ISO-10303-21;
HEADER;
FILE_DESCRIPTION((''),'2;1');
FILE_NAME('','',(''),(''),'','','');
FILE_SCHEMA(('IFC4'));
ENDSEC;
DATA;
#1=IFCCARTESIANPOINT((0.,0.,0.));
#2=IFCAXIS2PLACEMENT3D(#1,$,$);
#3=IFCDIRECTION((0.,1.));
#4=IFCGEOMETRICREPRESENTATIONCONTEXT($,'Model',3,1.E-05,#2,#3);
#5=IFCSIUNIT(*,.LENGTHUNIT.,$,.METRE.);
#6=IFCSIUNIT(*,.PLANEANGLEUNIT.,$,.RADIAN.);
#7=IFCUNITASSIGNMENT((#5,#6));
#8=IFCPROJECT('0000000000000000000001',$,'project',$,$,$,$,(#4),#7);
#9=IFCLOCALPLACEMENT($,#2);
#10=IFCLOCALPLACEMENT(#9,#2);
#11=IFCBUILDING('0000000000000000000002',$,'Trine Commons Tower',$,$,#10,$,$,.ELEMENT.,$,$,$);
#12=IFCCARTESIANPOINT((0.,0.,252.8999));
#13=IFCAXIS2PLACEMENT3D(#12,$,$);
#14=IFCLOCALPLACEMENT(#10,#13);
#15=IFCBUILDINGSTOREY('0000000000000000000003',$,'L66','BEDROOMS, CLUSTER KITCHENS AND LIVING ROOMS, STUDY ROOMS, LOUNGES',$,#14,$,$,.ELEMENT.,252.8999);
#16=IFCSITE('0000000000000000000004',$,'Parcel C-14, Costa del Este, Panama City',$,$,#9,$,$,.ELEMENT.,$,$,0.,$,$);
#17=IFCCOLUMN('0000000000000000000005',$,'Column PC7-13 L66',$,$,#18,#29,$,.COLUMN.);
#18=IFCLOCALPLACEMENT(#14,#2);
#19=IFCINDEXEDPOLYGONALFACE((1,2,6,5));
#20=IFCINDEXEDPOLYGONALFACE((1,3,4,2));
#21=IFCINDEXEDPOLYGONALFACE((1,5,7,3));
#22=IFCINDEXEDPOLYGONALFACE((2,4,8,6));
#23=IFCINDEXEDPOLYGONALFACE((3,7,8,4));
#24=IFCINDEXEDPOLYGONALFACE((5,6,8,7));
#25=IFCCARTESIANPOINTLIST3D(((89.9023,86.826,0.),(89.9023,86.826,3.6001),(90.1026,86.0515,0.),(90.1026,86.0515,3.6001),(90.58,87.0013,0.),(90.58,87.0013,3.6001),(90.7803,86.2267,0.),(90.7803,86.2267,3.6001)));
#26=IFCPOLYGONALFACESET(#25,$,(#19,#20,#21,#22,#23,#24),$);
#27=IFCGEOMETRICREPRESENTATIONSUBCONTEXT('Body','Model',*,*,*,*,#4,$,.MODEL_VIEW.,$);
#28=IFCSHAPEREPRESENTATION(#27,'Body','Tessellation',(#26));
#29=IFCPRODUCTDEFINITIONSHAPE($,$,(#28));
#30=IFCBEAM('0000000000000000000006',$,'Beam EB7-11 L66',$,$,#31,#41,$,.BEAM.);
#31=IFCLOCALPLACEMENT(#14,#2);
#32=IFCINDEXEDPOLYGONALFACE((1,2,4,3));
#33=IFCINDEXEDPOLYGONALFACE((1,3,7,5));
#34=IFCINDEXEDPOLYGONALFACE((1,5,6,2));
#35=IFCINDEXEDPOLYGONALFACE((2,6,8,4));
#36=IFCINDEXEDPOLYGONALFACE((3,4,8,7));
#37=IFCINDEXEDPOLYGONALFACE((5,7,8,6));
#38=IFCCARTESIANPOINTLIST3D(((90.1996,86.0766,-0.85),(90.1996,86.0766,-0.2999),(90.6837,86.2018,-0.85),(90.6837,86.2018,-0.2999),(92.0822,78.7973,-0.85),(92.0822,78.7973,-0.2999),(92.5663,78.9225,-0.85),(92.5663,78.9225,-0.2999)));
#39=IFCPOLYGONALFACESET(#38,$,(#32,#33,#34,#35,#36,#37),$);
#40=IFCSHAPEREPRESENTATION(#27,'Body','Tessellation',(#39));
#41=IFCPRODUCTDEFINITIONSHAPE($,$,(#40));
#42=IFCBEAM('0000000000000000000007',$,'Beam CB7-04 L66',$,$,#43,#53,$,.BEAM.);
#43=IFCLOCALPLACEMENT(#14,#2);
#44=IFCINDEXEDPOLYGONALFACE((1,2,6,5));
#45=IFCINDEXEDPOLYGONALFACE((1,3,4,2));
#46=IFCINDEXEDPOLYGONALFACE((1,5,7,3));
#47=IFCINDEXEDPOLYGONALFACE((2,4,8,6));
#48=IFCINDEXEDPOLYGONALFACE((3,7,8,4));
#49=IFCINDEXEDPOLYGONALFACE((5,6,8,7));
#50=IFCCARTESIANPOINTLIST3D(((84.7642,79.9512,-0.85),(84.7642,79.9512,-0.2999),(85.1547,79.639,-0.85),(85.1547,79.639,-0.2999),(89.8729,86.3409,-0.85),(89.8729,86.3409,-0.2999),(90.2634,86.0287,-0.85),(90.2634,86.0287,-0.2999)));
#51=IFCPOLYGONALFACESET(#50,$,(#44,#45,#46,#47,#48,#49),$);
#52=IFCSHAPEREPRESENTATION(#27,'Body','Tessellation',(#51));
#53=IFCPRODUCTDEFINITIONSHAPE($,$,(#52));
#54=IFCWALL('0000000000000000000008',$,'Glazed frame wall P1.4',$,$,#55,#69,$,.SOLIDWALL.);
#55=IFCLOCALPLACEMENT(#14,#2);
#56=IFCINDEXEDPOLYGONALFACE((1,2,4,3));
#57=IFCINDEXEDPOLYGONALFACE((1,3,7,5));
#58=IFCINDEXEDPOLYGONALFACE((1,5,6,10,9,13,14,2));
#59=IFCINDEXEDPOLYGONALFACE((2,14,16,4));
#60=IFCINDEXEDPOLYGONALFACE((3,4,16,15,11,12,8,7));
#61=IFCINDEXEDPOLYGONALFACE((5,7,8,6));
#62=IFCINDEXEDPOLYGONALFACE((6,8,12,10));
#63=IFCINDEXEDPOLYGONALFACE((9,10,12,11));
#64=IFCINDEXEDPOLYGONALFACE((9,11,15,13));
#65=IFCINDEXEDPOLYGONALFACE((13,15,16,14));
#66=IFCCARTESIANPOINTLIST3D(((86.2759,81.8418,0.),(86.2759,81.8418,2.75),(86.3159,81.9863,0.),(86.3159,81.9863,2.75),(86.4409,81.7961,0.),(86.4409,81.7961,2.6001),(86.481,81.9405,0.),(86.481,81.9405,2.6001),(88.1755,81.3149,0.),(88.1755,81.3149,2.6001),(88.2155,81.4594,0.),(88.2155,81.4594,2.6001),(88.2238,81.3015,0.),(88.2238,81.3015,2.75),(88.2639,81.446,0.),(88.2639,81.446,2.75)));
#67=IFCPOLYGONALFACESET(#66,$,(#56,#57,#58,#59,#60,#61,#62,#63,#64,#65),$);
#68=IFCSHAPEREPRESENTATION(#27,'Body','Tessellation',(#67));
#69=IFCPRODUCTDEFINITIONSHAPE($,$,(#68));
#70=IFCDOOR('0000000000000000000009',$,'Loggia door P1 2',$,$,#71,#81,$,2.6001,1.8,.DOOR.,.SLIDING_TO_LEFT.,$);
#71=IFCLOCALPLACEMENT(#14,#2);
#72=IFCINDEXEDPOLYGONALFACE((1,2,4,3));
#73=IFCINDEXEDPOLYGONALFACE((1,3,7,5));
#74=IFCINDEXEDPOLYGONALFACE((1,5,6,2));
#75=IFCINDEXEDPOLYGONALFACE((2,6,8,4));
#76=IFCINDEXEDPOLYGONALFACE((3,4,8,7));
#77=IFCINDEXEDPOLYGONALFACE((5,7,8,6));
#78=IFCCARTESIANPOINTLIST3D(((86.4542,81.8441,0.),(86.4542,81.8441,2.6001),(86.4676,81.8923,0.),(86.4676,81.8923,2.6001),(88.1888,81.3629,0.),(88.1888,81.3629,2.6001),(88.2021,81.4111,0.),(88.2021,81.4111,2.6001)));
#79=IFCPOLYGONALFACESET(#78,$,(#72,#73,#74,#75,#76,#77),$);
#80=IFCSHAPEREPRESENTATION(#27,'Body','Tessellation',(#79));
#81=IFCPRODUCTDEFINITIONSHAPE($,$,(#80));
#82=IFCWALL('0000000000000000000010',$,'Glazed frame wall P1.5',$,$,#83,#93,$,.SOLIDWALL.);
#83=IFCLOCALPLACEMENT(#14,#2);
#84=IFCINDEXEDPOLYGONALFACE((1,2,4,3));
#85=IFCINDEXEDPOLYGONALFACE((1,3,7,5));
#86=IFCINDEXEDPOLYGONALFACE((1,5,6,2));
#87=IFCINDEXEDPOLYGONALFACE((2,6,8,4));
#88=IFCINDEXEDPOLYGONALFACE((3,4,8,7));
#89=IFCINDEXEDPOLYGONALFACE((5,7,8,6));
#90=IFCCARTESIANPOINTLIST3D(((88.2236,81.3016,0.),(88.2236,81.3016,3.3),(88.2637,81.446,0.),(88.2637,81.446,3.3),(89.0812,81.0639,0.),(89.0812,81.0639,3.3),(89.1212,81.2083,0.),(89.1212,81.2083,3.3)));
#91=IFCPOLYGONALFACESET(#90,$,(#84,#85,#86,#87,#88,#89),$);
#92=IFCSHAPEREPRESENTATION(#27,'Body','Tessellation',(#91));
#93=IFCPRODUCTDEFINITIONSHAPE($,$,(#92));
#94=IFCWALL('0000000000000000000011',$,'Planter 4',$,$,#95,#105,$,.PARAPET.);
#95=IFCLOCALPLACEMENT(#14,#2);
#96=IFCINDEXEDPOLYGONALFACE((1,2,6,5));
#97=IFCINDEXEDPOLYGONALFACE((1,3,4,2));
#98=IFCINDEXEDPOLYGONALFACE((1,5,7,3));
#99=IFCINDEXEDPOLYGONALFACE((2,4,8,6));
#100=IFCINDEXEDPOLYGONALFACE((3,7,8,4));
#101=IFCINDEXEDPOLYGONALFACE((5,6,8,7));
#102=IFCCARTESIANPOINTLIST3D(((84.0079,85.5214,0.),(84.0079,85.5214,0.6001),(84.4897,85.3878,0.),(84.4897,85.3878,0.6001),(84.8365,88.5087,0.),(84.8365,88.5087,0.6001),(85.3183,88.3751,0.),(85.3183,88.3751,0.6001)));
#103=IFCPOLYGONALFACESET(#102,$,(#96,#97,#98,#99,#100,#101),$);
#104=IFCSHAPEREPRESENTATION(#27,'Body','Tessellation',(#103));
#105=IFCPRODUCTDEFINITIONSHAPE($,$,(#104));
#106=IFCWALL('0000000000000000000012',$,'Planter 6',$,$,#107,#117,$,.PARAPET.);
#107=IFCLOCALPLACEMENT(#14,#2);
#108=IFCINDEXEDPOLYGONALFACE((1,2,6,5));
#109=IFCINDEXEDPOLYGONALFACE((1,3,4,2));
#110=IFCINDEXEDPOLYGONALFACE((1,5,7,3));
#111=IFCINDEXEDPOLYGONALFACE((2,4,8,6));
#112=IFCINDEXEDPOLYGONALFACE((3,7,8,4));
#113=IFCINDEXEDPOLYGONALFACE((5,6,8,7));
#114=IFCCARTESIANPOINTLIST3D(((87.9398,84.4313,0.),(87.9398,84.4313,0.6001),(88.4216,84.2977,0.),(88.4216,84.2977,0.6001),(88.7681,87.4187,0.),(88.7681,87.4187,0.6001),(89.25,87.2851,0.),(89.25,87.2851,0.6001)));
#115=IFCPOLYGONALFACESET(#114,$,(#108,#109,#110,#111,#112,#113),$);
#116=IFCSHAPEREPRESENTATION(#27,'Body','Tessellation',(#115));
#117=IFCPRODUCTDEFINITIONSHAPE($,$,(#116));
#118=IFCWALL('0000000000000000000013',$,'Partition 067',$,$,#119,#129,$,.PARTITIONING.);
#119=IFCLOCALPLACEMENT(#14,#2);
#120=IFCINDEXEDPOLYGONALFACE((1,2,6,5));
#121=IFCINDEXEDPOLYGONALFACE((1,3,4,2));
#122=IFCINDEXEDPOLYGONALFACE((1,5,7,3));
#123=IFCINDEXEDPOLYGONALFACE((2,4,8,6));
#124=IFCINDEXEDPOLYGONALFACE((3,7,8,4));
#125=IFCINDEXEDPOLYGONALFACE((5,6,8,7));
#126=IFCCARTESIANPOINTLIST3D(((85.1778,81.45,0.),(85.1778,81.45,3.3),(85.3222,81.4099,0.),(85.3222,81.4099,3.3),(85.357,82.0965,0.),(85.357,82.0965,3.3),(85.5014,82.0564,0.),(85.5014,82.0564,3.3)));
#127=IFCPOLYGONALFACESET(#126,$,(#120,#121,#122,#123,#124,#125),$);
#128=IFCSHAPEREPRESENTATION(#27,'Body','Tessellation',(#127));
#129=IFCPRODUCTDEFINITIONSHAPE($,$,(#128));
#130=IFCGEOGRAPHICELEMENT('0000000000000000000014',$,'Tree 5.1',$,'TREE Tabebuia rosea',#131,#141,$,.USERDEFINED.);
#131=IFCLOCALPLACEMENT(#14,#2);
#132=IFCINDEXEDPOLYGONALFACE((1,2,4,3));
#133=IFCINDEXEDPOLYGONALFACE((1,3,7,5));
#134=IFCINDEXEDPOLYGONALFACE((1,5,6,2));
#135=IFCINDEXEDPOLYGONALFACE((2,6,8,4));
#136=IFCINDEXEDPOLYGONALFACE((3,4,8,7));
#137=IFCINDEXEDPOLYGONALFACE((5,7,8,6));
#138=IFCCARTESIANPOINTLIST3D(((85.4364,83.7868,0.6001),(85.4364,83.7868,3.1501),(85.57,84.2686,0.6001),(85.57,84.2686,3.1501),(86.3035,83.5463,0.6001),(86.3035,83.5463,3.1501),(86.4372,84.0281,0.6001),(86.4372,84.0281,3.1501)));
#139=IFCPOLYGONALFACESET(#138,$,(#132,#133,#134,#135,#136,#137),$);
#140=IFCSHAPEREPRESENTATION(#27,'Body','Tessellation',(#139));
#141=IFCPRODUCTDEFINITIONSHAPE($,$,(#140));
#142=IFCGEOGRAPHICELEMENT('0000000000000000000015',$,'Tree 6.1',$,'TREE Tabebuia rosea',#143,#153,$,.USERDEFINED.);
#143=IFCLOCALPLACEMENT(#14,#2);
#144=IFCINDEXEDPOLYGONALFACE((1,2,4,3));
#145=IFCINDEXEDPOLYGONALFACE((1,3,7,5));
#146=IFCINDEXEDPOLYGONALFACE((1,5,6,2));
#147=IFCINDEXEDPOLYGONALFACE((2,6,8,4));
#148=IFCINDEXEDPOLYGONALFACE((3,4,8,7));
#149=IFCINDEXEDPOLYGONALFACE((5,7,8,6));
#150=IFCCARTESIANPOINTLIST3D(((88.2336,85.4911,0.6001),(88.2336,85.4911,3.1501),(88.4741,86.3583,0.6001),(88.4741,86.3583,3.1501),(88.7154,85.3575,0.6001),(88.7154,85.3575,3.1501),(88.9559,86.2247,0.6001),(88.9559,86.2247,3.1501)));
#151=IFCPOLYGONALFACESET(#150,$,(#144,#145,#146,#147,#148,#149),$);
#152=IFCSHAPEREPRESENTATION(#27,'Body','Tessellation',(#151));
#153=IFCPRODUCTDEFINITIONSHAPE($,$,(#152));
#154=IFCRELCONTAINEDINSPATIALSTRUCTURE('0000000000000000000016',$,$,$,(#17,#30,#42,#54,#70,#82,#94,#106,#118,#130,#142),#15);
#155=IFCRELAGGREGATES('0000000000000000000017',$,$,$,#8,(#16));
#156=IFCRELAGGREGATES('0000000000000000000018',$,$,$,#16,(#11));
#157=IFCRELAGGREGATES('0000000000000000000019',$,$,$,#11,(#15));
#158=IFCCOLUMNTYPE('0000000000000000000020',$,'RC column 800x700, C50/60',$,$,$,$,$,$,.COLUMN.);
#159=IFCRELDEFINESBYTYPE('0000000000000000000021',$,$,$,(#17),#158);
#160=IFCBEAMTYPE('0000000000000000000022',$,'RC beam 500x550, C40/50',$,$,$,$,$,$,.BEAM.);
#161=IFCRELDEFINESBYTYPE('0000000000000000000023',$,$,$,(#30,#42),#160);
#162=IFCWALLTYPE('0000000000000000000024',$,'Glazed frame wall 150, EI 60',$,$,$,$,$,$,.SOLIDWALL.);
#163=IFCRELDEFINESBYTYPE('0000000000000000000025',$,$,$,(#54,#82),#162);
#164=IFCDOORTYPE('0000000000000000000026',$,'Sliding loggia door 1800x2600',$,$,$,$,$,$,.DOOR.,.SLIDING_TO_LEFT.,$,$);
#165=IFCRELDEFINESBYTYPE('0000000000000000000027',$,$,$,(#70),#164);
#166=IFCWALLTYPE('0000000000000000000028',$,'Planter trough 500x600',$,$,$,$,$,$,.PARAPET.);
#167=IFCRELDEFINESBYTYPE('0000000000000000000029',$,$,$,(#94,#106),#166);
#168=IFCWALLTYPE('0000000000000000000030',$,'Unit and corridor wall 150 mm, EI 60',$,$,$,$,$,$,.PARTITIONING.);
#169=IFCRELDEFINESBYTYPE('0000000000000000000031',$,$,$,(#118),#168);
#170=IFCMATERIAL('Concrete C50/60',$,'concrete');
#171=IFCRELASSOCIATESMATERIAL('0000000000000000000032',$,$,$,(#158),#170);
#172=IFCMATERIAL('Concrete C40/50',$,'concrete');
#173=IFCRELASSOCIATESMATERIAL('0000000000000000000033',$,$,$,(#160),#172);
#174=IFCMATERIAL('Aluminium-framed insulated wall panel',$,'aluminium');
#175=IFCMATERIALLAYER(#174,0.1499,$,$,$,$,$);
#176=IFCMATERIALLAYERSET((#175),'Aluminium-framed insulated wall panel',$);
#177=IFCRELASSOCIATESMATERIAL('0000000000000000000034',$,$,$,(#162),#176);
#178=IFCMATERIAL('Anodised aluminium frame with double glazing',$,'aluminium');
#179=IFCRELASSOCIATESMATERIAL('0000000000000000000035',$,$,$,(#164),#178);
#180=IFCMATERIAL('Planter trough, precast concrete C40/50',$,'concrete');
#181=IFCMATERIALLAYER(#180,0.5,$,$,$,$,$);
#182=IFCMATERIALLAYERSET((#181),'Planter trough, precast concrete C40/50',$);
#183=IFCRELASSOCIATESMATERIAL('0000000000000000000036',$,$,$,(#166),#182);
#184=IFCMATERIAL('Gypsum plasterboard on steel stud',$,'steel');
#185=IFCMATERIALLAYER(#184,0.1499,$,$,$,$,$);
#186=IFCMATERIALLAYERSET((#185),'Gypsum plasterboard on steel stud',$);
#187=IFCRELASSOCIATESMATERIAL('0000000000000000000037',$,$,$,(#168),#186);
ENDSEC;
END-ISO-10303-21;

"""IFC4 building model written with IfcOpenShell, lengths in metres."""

from ifc_helpers import new_model, si_unit, direction, frame, frame_2d, origin, origin_2d, place, context, subcontext, project, spatial, polyline, rectangle, outline, extrude, material, layer, layer_set, material_profile, profile_set, type_object, element, fill, save


model = new_model("IFC4")

# Units and contexts
model_context = context("Model", 3, precision=1e-05, world=origin(), true_north=direction((0.0, 1.0)))
body_context = subcontext(model_context, "Body", "Model", "MODEL_VIEW")
ifc_project = project(units=[si_unit("LENGTHUNIT", "METRE"), si_unit("PLANEANGLEUNIT", "RADIAN")], contexts=[model_context])

# Site, building, storey
site_placement = place(None, origin())
site = spatial("IfcSite", under=ifc_project, at=site_placement, Name="Parcel C-14, Costa del Este, Panama City", CompositionType="ELEMENT", RefElevation=0.0)
building_placement = place(site_placement, origin())
building = spatial("IfcBuilding", under=site, at=building_placement, Name="Trine Commons Tower", CompositionType="ELEMENT")
storey_placement = place(building_placement, frame((0.0, 0.0, 252.8999)))
storey = spatial("IfcBuildingStorey", under=building, at=storey_placement, Name="L66", Description="BEDROOMS, CLUSTER KITCHENS AND LIVING ROOMS, STUDY ROOMS, LOUNGES", CompositionType="ELEMENT", Elevation=252.8999)

# Column
ifc_material_1 = material(Name="Concrete C50/60", Category="concrete")
ifc_material_profile_1 = material_profile(ifc_material_1, rectangle(XDim=0.8, YDim=0.7, at=origin_2d()), Name="RC 800x700")
ifc_profile_set_1 = profile_set([ifc_material_profile_1], Name="Concrete C50/60")
column_type = type_object("IfcColumnType", Name="RC column 800x700, C50/60", PredefinedType="COLUMN", material=ifc_profile_set_1)
column_placement = place(storey_placement, frame((90.3413, 86.5264, 0.0), z_axis=(0.0, 0.0, 1.0), x_axis=(-0.25038, 0.968148, 0.0)))
element("IfcColumn", 1, at=column_placement, inside=storey, type_object=column_type, Name="Column PC7-13 L66", PredefinedType="COLUMN", context=body_context, shape_type="SweptSolid", body=[
    extrude(rectangle(XDim=0.8, YDim=0.7, at=origin_2d()), origin(), (0.0, 0.0, 1.0), 3.6001),
])

# Beams
ifc_material_2 = material(Name="Concrete C40/50", Category="concrete")
ifc_material_profile_2 = material_profile(ifc_material_2, rectangle(XDim=0.5, YDim=0.55, at=origin_2d()), Name="RC 500x550")
ifc_profile_set_2 = profile_set([ifc_material_profile_2], Name="Concrete C40/50")
beam_type = type_object("IfcBeamType", Name="RC beam 500x550, C40/50", PredefinedType="BEAM", material=ifc_profile_set_2)
beam_1_placement = place(storey_placement, frame((90.4417, 86.1392, -0.575), z_axis=(0.250382, -0.968147, 0.0), x_axis=(0.968147, 0.250382, 0.0)))
element("IfcBeam", 2, at=beam_1_placement, inside=storey, type_object=beam_type, Name="Beam EB7-11 L66", PredefinedType="BEAM", context=body_context, shape_type="SweptSolid", body=[
    extrude(rectangle(XDim=0.5, YDim=0.55, at=origin_2d()), origin(), (0.0, 0.0, 1.0), 7.5188),
])
beam_2_placement = place(storey_placement, frame((90.0681, 86.1848, -0.575), z_axis=(-0.624466, -0.781052, 0.0), x_axis=(0.781052, -0.624466, 0.0)))
element("IfcBeam", 3, at=beam_2_placement, inside=storey, type_object=beam_type, Name="Beam CB7-04 L66", PredefinedType="BEAM", context=body_context, shape_type="SweptSolid", body=[
    extrude(rectangle(XDim=0.5, YDim=0.55, at=origin_2d()), origin(), (0.0, 0.0, 1.0), 8.1809),
])

# Wall, opening, door
ifc_material_3 = material(Name="Aluminium-framed insulated wall panel", Category="aluminium")
ifc_layer_1 = layer(ifc_material_3, 0.1499)
ifc_layer_set_1 = layer_set([ifc_layer_1], Name="Aluminium-framed insulated wall panel")
wall_type_1 = type_object("IfcWallType", Name="Glazed frame wall 150, EI 60", PredefinedType="SOLIDWALL", material=ifc_layer_set_1)
wall_1_placement = place(storey_placement, frame((86.2959, 81.9141, 0.0), z_axis=(0.0, 0.0, 1.0), x_axis=(0.963615, -0.267295, 0.0)))
wall_1 = element("IfcWall", 4, at=wall_1_placement, inside=storey, type_object=wall_type_1, Name="Glazed frame wall P1.4", PredefinedType="SOLIDWALL", context=body_context, shape_type="SweptSolid", body=[
    extrude(outline(polyline([(0.0, -0.075), (2.0215, -0.075), (2.0215, 0.075), (0.0, 0.075), (0.0, -0.075)])), origin(), (0.0, 0.0, 1.0), 2.75),
])
opening_1_placement = place(wall_1_placement, frame((0.1714, 0.0, 0.0)))
opening_1 = element("IfcOpeningElement", 5, at=opening_1_placement, cuts=wall_1, PredefinedType="OPENING", context=body_context, shape_type="SweptSolid", body=[
    extrude(rectangle(XDim=1.8, YDim=2.6001, at=frame_2d((0.8999, 1.3))), frame((0.0, 0.085, 0.0), z_axis=(0.0, -1.0, 0.0), x_axis=(1.0, 0.0, 0.0)), (0.0, 0.0, 1.0), 0.1699),
])
ifc_material_4 = material(Name="Anodised aluminium frame with double glazing", Category="aluminium")
door_type = type_object("IfcDoorType", Name="Sliding loggia door 1800x2600", OperationType="SLIDING_TO_LEFT", PredefinedType="DOOR", material=ifc_material_4)
door_1_placement = place(opening_1_placement, origin())
door_1 = element("IfcDoor", 6, at=door_1_placement, inside=storey, type_object=door_type, Name="Loggia door P1 2", OperationType="SLIDING_TO_LEFT", OverallHeight=2.6001, OverallWidth=1.8, PredefinedType="DOOR", context=body_context, shape_type="SweptSolid", body=[
    extrude(rectangle(XDim=1.8, YDim=2.6001, at=frame_2d((0.8999, 1.3))), frame((0.0, 0.0249, 0.0), z_axis=(0.0, -1.0, 0.0), x_axis=(1.0, 0.0, 0.0)), (0.0, 0.0, 1.0), 0.05),
])
fill(opening_1, door_1)

# Wall
wall_2_placement = place(storey_placement, frame((88.2437, 81.3738, 0.0), z_axis=(0.0, 0.0, 1.0), x_axis=(0.963668, -0.267102, 0.0)))
element("IfcWall", 7, at=wall_2_placement, inside=storey, type_object=wall_type_1, Name="Glazed frame wall P1.5", PredefinedType="SOLIDWALL", context=body_context, shape_type="SweptSolid", body=[
    extrude(outline(polyline([(0.8899, 0.075), (0.0, 0.075), (0.0, -0.075), (0.8899, -0.075), (0.8899, 0.075)])), origin(), (0.0, 0.0, 1.0), 3.3),
])

# Walls
ifc_material_5 = material(Name="Planter trough, precast concrete C40/50", Category="concrete")
ifc_layer_2 = layer(ifc_material_5, 0.5)
ifc_layer_set_2 = layer_set([ifc_layer_2], Name="Planter trough, precast concrete C40/50")
wall_type_2 = type_object("IfcWallType", Name="Planter trough 500x600", PredefinedType="PARAPET", material=ifc_layer_set_2)
for number, where, z_axis, x_axis, name in (
    (8, (85.0774, 88.4419, 0.0), (0.0, 0.0, 1.0), (-0.267286, -0.963617, 0.0), "Planter 4"),
    (9, (88.1807, 84.3645, 0.0), (0.0, 0.0, 1.0), (0.267213, 0.963637, 0.0), "Planter 6"),
):
    element("IfcWall", number, at=place(storey_placement, frame(where, z_axis=z_axis, x_axis=x_axis)), inside=storey, type_object=wall_type_2, Name=name, PredefinedType="PARAPET", context=body_context, shape_type="SweptSolid", body=[
        extrude(rectangle(XDim=3.1001, YDim=0.5, at=frame_2d((1.55, 0.0))), origin(), (0.0, 0.0, 1.0), 0.6001),
    ])
ifc_material_6 = material(Name="Gypsum plasterboard on steel stud", Category="steel")
ifc_layer_3 = layer(ifc_material_6, 0.1499)
ifc_layer_set_3 = layer_set([ifc_layer_3], Name="Gypsum plasterboard on steel stud")
wall_type_3 = type_object("IfcWallType", Name="Unit and corridor wall 150 mm, EI 60", PredefinedType="PARTITIONING", material=ifc_layer_set_3)
wall_3_placement = place(storey_placement, frame((85.25, 81.4299, 0.0), z_axis=(0.0, 0.0, 1.0), x_axis=(0.267118, 0.963664, 0.0)))
element("IfcWall", 10, at=wall_3_placement, inside=storey, type_object=wall_type_3, Name="Partition 067", PredefinedType="PARTITIONING", context=body_context, shape_type="SweptSolid", body=[
    extrude(rectangle(XDim=0.6709, YDim=0.1499, at=frame_2d((0.3354, 0.0))), origin(), (0.0, 0.0, 1.0), 3.3),
])

# Geographic elements
for number, where, z_axis, x_axis, name in (
    (11, (85.9368, 83.9075, 0.6001), (0.0, 0.0, 1.0), (0.963634, -0.267227, 0.0), "Tree 5.1"),
    (12, (88.5947, 85.8579, 0.6001), (0.0, 0.0, 1.0), (0.26724, 0.96363, 0.0), "Tree 6.1"),
):
    element("IfcGeographicElement", number, at=place(storey_placement, frame(where, z_axis=z_axis, x_axis=x_axis)), inside=storey, Name=name, ObjectType="TREE Tabebuia rosea", PredefinedType="USERDEFINED", context=body_context, shape_type="SweptSolid", body=[
        extrude(rectangle(XDim=0.8999, YDim=0.5, at=origin_2d()), origin(), (0.0, 0.0, 1.0), 2.55),
    ])

save(model, "model.ifc")
